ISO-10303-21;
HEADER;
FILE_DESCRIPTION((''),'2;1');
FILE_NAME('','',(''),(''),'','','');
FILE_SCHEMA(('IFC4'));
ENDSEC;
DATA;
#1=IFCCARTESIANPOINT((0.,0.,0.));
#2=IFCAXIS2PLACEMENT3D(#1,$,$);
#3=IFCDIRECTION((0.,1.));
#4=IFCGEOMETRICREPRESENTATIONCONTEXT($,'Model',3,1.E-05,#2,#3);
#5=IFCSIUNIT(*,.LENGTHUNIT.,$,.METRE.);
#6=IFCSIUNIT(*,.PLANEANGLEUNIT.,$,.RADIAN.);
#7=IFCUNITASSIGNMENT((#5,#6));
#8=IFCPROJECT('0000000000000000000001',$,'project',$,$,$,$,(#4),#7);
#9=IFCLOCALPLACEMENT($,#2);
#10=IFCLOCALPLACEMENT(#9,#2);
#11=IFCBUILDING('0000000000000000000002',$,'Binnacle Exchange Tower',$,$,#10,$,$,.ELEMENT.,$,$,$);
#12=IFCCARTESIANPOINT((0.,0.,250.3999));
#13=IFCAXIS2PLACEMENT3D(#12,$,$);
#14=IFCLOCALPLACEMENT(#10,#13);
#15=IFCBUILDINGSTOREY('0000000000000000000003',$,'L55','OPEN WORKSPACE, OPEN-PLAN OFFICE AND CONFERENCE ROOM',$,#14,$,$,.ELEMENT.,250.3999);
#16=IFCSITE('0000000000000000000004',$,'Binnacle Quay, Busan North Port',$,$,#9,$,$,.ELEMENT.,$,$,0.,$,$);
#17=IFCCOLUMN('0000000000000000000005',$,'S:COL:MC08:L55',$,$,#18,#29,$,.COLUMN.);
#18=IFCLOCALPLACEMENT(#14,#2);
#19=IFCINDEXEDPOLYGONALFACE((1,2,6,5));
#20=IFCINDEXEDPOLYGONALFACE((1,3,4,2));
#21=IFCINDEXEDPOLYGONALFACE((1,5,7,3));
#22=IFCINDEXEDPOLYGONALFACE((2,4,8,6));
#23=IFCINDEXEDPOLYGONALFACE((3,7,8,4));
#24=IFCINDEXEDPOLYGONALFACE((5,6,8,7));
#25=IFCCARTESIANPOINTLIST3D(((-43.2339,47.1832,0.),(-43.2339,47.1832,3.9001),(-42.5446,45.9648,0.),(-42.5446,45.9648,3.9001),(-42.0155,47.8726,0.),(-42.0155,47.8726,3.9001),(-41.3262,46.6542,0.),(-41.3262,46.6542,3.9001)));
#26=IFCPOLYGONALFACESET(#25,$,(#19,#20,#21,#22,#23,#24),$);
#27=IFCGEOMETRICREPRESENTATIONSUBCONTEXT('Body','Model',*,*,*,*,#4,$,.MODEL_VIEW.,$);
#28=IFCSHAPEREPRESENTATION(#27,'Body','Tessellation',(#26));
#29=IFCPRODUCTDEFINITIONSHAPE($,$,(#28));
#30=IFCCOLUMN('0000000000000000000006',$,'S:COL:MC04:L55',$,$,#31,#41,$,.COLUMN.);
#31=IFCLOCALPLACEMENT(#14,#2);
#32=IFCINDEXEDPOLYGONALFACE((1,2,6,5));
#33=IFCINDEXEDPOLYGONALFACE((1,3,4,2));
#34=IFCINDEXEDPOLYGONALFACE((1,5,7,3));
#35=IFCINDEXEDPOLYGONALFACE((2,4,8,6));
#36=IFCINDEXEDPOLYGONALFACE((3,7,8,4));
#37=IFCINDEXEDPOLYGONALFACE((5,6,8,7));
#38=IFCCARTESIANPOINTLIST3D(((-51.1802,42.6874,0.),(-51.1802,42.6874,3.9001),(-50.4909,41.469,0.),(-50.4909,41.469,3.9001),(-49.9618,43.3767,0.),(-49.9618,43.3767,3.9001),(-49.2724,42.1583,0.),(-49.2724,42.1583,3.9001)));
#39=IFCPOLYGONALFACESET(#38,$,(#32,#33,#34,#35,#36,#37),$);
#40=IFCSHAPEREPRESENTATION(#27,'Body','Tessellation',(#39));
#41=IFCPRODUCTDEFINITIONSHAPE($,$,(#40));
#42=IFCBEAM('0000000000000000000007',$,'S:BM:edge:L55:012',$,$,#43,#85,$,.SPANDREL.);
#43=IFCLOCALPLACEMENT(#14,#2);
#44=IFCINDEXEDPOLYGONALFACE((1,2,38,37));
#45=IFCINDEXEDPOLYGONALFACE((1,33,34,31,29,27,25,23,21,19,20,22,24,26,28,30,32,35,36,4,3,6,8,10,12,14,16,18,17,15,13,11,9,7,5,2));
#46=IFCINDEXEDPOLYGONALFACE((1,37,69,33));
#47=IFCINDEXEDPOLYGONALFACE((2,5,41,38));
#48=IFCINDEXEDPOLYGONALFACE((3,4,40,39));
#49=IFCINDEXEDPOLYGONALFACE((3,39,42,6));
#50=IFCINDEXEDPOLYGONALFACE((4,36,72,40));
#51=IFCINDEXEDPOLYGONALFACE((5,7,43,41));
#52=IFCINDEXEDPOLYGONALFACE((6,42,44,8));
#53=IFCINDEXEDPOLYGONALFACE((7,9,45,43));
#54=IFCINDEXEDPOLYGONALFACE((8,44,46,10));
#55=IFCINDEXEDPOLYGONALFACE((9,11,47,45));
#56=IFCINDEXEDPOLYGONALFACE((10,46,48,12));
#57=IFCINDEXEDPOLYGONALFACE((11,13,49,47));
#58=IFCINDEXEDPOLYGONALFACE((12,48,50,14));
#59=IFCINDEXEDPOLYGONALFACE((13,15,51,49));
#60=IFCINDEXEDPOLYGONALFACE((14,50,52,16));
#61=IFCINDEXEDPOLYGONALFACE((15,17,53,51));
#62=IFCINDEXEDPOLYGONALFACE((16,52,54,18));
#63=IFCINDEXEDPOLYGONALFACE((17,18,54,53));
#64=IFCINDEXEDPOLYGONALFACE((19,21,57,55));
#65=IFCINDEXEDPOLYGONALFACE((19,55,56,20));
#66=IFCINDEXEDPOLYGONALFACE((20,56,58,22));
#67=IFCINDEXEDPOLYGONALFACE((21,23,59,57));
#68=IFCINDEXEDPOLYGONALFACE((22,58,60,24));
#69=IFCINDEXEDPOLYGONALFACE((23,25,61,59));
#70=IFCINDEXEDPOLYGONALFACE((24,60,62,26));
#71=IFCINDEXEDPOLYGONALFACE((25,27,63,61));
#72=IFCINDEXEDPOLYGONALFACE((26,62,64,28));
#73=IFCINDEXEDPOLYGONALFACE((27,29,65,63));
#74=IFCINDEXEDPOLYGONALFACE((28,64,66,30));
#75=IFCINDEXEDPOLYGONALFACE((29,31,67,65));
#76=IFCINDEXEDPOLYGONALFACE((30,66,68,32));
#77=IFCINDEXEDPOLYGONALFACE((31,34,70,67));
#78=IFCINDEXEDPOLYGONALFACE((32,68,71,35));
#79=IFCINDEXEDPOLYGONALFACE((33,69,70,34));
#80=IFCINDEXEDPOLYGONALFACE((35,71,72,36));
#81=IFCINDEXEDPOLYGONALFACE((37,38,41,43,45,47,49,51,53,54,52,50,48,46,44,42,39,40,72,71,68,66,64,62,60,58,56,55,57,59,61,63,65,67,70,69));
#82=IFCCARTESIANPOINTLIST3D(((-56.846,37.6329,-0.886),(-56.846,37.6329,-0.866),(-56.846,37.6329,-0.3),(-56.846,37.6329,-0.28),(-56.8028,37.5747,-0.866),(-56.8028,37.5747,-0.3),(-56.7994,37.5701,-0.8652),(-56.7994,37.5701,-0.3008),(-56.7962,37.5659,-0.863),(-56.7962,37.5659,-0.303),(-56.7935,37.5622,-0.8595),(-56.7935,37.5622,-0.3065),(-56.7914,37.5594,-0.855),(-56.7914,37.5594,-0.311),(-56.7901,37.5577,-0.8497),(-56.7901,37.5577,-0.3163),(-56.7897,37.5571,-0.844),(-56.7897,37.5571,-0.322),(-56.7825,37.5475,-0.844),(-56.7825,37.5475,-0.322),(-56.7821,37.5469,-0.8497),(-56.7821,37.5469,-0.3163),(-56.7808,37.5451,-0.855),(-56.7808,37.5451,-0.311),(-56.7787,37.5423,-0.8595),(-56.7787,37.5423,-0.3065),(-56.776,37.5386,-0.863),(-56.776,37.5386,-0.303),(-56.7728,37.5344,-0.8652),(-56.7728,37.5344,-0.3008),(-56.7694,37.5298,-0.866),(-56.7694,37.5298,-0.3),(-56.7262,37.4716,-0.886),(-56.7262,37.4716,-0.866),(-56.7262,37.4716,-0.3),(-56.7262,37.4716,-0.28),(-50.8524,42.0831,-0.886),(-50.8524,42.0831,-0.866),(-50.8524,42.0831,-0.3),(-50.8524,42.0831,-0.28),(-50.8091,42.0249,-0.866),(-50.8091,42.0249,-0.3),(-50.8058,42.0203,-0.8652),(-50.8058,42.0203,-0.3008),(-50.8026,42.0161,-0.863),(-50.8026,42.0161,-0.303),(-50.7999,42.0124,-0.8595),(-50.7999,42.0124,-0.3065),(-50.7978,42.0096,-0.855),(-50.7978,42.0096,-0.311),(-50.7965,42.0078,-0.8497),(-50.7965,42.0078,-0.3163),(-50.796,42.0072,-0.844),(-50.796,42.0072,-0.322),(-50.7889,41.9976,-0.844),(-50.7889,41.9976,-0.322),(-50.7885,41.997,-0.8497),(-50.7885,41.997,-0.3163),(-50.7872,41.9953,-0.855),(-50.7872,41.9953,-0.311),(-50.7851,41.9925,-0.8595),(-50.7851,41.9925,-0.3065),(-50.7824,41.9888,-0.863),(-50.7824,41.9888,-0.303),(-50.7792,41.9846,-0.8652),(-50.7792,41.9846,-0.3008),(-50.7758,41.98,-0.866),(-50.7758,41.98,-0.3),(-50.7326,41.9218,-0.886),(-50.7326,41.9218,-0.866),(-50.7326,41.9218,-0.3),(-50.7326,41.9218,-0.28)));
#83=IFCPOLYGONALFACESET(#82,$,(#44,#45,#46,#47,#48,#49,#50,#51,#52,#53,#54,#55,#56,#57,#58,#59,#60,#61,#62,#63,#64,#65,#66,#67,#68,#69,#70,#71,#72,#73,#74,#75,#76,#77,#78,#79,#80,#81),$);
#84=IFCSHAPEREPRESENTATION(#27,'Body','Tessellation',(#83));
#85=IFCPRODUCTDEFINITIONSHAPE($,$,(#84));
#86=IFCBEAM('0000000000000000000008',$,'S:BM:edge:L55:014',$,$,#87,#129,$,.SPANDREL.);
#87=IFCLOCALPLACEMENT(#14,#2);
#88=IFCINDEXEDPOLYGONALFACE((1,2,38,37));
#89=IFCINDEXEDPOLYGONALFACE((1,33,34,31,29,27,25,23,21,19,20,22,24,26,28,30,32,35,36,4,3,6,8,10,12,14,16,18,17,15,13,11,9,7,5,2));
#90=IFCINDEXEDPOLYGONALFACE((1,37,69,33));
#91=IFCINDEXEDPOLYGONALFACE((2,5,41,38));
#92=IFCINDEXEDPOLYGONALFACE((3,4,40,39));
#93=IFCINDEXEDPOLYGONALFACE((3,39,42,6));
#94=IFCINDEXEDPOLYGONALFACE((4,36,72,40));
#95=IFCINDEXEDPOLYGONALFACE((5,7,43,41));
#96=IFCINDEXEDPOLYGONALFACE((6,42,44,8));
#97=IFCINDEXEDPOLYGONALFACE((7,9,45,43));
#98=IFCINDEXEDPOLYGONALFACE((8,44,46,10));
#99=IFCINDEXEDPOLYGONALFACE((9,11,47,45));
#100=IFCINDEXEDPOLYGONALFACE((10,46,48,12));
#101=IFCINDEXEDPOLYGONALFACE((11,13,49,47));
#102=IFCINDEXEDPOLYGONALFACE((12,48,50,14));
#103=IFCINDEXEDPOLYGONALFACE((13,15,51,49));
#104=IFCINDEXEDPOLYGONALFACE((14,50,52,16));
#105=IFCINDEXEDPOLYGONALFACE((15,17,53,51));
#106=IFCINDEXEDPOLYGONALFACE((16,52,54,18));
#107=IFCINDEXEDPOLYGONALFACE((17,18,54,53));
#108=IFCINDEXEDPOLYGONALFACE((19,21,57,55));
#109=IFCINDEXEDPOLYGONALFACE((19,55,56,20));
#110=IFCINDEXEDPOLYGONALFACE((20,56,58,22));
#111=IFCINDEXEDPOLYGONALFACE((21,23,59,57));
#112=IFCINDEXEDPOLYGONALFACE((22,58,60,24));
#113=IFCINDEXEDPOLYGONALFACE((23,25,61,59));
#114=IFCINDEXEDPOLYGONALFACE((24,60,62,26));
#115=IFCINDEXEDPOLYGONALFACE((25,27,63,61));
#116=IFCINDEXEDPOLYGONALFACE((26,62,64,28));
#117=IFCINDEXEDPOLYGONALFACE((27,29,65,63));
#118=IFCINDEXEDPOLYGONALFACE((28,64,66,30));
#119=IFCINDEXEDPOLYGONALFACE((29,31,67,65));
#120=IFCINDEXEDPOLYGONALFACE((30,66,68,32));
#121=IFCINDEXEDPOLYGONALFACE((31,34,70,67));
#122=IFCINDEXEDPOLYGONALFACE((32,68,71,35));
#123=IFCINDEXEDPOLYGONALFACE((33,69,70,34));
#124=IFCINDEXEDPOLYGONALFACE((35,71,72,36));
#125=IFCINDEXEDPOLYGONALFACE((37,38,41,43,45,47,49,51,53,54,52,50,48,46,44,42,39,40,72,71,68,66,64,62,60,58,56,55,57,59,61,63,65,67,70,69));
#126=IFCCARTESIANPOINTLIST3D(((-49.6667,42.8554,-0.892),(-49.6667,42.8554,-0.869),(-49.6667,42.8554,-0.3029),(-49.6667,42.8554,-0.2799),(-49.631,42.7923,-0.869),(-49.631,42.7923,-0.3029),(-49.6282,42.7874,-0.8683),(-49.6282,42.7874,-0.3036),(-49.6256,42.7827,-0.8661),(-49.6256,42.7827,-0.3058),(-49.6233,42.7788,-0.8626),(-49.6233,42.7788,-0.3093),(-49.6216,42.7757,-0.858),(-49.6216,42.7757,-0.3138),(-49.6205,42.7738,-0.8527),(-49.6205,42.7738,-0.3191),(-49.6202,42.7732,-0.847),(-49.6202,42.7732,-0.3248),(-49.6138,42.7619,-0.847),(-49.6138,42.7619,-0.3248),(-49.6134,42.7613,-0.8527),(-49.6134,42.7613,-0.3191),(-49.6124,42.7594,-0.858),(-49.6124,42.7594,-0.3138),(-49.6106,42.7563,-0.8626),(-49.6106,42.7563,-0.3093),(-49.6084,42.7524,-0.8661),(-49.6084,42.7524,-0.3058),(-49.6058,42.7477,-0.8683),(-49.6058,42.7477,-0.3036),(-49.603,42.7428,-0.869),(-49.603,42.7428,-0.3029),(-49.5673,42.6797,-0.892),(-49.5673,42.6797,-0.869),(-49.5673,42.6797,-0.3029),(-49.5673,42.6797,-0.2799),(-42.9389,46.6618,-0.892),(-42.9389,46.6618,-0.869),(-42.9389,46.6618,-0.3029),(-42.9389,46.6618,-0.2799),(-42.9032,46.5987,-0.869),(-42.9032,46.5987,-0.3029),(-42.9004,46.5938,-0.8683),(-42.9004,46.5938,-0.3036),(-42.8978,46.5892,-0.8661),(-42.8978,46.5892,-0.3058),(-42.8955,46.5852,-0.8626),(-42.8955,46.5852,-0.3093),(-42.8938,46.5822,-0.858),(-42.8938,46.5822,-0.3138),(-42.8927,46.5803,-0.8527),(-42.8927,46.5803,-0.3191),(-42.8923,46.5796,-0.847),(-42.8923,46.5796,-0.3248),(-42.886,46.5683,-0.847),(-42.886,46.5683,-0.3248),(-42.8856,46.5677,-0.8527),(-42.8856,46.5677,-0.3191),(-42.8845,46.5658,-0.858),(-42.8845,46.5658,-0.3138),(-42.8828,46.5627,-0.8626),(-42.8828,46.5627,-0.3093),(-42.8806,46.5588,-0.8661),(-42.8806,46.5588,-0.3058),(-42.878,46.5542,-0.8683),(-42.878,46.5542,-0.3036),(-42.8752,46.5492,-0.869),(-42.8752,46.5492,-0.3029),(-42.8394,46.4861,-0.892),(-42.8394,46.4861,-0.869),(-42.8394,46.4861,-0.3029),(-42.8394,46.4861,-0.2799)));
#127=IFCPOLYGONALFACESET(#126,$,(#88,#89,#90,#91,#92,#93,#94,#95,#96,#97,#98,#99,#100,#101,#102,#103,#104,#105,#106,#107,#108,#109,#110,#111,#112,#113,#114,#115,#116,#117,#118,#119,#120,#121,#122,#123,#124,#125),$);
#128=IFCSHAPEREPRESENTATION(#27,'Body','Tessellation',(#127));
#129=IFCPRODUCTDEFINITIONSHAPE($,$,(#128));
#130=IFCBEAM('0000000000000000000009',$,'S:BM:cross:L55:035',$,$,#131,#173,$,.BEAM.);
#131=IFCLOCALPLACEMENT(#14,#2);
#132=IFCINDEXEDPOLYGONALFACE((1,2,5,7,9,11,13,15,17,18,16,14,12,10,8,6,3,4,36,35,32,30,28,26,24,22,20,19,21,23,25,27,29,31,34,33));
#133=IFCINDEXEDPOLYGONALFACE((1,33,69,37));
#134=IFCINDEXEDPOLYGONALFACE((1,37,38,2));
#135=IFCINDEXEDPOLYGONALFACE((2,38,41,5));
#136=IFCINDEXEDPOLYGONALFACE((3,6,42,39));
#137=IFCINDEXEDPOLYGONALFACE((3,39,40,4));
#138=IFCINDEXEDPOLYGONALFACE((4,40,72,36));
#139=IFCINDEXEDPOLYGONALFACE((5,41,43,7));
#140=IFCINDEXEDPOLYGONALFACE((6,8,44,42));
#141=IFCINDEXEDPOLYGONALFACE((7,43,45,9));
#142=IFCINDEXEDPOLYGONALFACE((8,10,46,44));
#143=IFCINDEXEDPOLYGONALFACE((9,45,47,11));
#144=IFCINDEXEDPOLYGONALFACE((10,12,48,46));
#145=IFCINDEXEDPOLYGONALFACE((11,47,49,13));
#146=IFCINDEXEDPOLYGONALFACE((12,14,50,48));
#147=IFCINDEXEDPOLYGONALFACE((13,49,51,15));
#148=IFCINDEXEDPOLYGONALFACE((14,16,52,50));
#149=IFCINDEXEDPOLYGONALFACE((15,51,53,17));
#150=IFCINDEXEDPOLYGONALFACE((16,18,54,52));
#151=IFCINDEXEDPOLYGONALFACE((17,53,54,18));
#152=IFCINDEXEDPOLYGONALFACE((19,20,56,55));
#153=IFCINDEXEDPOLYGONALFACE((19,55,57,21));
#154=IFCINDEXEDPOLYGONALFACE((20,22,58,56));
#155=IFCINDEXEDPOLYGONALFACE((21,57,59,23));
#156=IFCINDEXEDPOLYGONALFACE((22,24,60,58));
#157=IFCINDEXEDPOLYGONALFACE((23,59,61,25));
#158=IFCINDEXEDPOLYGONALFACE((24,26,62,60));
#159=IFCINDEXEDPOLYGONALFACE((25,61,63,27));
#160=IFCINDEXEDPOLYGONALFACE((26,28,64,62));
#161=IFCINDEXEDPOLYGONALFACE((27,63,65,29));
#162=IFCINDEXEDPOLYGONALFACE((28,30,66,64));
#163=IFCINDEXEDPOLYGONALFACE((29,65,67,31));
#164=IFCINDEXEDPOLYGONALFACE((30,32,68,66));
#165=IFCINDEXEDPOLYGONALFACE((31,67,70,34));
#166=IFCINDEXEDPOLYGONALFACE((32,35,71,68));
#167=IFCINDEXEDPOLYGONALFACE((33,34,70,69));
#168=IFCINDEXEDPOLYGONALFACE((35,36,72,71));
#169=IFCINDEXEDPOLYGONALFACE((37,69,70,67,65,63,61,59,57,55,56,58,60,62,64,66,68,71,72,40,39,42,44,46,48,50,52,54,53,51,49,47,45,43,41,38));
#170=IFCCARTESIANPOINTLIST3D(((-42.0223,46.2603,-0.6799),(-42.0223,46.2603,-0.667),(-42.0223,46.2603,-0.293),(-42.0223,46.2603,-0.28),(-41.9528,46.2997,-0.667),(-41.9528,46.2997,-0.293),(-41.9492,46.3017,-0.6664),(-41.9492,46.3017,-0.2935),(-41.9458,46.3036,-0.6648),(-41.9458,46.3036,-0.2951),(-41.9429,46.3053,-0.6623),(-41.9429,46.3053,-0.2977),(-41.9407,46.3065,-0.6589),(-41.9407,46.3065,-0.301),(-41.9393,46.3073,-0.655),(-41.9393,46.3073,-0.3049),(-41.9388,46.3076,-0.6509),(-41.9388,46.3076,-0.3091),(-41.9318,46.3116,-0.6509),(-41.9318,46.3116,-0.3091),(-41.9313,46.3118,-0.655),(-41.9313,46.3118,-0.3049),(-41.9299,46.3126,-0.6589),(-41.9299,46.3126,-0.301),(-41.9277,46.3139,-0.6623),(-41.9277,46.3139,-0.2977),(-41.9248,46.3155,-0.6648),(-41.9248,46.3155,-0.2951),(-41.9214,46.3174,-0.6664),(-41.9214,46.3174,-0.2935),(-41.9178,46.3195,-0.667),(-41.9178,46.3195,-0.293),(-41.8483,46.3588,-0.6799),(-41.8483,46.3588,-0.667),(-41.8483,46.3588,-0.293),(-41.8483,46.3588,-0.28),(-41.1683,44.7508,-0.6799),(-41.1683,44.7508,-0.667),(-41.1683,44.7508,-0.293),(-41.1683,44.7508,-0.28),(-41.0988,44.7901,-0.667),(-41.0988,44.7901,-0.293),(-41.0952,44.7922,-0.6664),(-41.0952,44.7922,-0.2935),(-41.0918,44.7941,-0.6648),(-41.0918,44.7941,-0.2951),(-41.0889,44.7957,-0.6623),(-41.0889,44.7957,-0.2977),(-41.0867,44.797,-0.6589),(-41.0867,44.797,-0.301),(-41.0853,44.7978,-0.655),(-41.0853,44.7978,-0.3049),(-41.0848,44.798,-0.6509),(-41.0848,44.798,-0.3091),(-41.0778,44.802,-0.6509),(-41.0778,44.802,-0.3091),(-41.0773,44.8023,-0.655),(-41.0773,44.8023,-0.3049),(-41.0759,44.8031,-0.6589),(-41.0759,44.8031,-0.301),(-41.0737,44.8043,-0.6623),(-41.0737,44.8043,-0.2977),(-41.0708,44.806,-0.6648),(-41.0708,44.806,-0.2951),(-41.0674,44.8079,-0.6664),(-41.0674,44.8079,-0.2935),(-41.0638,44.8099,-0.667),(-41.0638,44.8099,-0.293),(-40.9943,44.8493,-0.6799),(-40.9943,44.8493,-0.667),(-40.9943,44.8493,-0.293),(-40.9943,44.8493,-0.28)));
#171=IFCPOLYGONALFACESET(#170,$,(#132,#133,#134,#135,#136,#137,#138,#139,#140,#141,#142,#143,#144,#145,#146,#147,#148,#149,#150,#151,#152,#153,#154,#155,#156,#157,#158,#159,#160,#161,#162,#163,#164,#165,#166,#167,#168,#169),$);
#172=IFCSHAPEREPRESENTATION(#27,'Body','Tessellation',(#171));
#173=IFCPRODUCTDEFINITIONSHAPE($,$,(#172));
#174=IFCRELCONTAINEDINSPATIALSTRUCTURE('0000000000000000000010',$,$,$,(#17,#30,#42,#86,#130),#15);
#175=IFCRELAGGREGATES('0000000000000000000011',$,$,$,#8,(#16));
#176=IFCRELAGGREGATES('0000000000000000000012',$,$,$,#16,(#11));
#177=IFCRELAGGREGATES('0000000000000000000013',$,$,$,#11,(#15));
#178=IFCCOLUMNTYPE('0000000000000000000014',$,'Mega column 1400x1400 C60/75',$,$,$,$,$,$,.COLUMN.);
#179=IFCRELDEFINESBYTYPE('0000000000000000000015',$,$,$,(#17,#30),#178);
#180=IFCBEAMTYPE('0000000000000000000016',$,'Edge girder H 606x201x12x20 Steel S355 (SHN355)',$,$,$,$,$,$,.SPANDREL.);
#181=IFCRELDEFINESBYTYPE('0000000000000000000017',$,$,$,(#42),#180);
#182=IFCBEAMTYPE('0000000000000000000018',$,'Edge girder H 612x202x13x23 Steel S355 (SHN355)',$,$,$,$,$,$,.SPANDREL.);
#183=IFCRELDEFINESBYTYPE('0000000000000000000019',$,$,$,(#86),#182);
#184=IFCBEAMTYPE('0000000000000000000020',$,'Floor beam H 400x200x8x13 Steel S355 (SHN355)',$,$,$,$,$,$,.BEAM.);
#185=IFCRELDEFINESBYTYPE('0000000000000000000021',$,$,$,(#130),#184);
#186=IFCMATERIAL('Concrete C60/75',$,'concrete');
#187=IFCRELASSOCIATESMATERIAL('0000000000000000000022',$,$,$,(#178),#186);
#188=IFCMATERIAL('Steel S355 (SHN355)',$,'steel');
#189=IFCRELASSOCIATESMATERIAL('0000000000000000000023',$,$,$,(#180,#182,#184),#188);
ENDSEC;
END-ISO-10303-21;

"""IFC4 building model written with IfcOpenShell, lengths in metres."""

from ifc_helpers import new_model, si_unit, direction, frame, origin, origin_2d, place, context, subcontext, project, spatial, rectangle, i_section, extrude, material, material_profile, profile_set, type_object, element, save


model = new_model("IFC4")

# Units and contexts
model_context = context("Model", 3, precision=1e-05, world=origin(), true_north=direction((0.0, 1.0)))
body_context = subcontext(model_context, "Body", "Model", "MODEL_VIEW")
ifc_project = project(units=[si_unit("LENGTHUNIT", "METRE"), si_unit("PLANEANGLEUNIT", "RADIAN")], contexts=[model_context])

# Site, building, storey
site_placement = place(None, origin())
site = spatial("IfcSite", under=ifc_project, at=site_placement, Name="Binnacle Quay, Busan North Port", CompositionType="ELEMENT", RefElevation=0.0)
building_placement = place(site_placement, origin())
building = spatial("IfcBuilding", under=site, at=building_placement, Name="Binnacle Exchange Tower", CompositionType="ELEMENT")
storey_placement = place(building_placement, frame((0.0, 0.0, 250.3999)))
storey = spatial("IfcBuildingStorey", under=building, at=storey_placement, Name="L55", Description="OPEN WORKSPACE, OPEN-PLAN OFFICE AND CONFERENCE ROOM", CompositionType="ELEMENT", Elevation=250.3999)

# Columns
ifc_material_1 = material(Name="Concrete C60/75", Category="concrete")
ifc_material_profile_1 = material_profile(ifc_material_1, rectangle(XDim=1.3999, YDim=1.3999, at=origin_2d()), Name="Mega column 1400x1400 C60/75")
ifc_profile_set_1 = profile_set([ifc_material_profile_1], Name="Concrete C60/75")
column_type = type_object("IfcColumnType", Name="Mega column 1400x1400 C60/75", PredefinedType="COLUMN", material=ifc_profile_set_1)
for number, where, z_axis, x_axis, name in (
    (1, (-42.28, 46.9187, 0.0), (0.0, 0.0, 1.0), (-0.870356, -0.492424, 0.0), "S:COL:MC08:L55"),
    (2, (-50.2263, 42.4229, 0.0), (0.0, 0.0, 1.0), (-0.870356, -0.492424, 0.0), "S:COL:MC04:L55"),
):
    element("IfcColumn", number, at=place(storey_placement, frame(where, z_axis=z_axis, x_axis=x_axis)), inside=storey, type_object=column_type, Name=name, PredefinedType="COLUMN", context=body_context, shape_type="SweptSolid", body=[
        extrude(rectangle(XDim=1.3999, YDim=1.3999, at=origin_2d()), origin(), (0.0, 0.0, 1.0), 3.9001),
    ])

# Beams
ifc_material_2 = material(Name="Steel S355 (SHN355)", Category="steel")
ifc_material_profile_2 = material_profile(ifc_material_2, i_section(OverallWidth=0.2009, OverallDepth=0.606, WebThickness=0.012, FlangeThickness=0.02, FilletRadius=0.022, at=origin_2d()), Name="H 606x201x12x20")
ifc_profile_set_2 = profile_set([ifc_material_profile_2], Name="Steel S355 (SHN355)")
beam_type_1 = type_object("IfcBeamType", Name="Edge girder H 606x201x12x20 Steel S355 (SHN355)", PredefinedType="SPANDREL", material=ifc_profile_set_2)
beam_1_placement = place(storey_placement, frame((-50.7925, 42.0024, -0.583), z_axis=(-0.802887, -0.596131, 0.0), x_axis=(0.596131, -0.802887, 0.0)))
element("IfcBeam", 3, at=beam_1_placement, inside=storey, type_object=beam_type_1, Name="S:BM:edge:L55:012", PredefinedType="SPANDREL", context=body_context, shape_type="SweptSolid", body=[
    extrude(i_section(OverallWidth=0.2009, OverallDepth=0.606, WebThickness=0.012, FlangeThickness=0.02, FilletRadius=0.022, at=origin_2d()), origin(), (0.0, 0.0, 1.0), 7.4651),
])
ifc_material_profile_3 = material_profile(ifc_material_2, i_section(OverallWidth=0.2019, OverallDepth=0.6121, WebThickness=0.0129, FlangeThickness=0.0229, FilletRadius=0.022, at=origin_2d()), Name="H 612x202x13x23")
ifc_profile_set_3 = profile_set([ifc_material_profile_3], Name="Steel S355 (SHN355)")
beam_type_2 = type_object("IfcBeamType", Name="Edge girder H 612x202x13x23 Steel S355 (SHN355)", PredefinedType="SPANDREL", material=ifc_profile_set_3)
beam_2_placement = place(storey_placement, frame((-42.8892, 46.574, -0.5859), z_axis=(-0.870356, -0.492424, 0.0), x_axis=(0.492424, -0.870356, 0.0)))
element("IfcBeam", 4, at=beam_2_placement, inside=storey, type_object=beam_type_2, Name="S:BM:edge:L55:014", PredefinedType="SPANDREL", context=body_context, shape_type="SweptSolid", body=[
    extrude(i_section(OverallWidth=0.2019, OverallDepth=0.6121, WebThickness=0.0129, FlangeThickness=0.0229, FilletRadius=0.022, at=origin_2d()), origin(), (0.0, 0.0, 1.0), 7.73),
])
ifc_material_profile_4 = material_profile(ifc_material_2, i_section(OverallWidth=0.2, OverallDepth=0.3999, WebThickness=0.0081, FlangeThickness=0.0129, FilletRadius=0.0161, at=origin_2d()), Name="H 400x200x8x13")
ifc_profile_set_4 = profile_set([ifc_material_profile_4], Name="Steel S355 (SHN355)")
beam_type_3 = type_object("IfcBeamType", Name="Floor beam H 400x200x8x13 Steel S355 (SHN355)", PredefinedType="BEAM", material=ifc_profile_set_4)
beam_3_placement = place(storey_placement, frame((-41.9353, 46.3096, -0.48), z_axis=(0.492405, -0.870366, 0.0), x_axis=(0.870366, 0.492405, 0.0)))
element("IfcBeam", 5, at=beam_3_placement, inside=storey, type_object=beam_type_3, Name="S:BM:cross:L55:035", PredefinedType="BEAM", context=body_context, shape_type="SweptSolid", body=[
    extrude(i_section(OverallWidth=0.2, OverallDepth=0.3999, WebThickness=0.0081, FlangeThickness=0.0129, FilletRadius=0.0161, at=origin_2d()), origin(), (0.0, 0.0, 1.0), 1.7344),
])

save(model, "model.ifc")
